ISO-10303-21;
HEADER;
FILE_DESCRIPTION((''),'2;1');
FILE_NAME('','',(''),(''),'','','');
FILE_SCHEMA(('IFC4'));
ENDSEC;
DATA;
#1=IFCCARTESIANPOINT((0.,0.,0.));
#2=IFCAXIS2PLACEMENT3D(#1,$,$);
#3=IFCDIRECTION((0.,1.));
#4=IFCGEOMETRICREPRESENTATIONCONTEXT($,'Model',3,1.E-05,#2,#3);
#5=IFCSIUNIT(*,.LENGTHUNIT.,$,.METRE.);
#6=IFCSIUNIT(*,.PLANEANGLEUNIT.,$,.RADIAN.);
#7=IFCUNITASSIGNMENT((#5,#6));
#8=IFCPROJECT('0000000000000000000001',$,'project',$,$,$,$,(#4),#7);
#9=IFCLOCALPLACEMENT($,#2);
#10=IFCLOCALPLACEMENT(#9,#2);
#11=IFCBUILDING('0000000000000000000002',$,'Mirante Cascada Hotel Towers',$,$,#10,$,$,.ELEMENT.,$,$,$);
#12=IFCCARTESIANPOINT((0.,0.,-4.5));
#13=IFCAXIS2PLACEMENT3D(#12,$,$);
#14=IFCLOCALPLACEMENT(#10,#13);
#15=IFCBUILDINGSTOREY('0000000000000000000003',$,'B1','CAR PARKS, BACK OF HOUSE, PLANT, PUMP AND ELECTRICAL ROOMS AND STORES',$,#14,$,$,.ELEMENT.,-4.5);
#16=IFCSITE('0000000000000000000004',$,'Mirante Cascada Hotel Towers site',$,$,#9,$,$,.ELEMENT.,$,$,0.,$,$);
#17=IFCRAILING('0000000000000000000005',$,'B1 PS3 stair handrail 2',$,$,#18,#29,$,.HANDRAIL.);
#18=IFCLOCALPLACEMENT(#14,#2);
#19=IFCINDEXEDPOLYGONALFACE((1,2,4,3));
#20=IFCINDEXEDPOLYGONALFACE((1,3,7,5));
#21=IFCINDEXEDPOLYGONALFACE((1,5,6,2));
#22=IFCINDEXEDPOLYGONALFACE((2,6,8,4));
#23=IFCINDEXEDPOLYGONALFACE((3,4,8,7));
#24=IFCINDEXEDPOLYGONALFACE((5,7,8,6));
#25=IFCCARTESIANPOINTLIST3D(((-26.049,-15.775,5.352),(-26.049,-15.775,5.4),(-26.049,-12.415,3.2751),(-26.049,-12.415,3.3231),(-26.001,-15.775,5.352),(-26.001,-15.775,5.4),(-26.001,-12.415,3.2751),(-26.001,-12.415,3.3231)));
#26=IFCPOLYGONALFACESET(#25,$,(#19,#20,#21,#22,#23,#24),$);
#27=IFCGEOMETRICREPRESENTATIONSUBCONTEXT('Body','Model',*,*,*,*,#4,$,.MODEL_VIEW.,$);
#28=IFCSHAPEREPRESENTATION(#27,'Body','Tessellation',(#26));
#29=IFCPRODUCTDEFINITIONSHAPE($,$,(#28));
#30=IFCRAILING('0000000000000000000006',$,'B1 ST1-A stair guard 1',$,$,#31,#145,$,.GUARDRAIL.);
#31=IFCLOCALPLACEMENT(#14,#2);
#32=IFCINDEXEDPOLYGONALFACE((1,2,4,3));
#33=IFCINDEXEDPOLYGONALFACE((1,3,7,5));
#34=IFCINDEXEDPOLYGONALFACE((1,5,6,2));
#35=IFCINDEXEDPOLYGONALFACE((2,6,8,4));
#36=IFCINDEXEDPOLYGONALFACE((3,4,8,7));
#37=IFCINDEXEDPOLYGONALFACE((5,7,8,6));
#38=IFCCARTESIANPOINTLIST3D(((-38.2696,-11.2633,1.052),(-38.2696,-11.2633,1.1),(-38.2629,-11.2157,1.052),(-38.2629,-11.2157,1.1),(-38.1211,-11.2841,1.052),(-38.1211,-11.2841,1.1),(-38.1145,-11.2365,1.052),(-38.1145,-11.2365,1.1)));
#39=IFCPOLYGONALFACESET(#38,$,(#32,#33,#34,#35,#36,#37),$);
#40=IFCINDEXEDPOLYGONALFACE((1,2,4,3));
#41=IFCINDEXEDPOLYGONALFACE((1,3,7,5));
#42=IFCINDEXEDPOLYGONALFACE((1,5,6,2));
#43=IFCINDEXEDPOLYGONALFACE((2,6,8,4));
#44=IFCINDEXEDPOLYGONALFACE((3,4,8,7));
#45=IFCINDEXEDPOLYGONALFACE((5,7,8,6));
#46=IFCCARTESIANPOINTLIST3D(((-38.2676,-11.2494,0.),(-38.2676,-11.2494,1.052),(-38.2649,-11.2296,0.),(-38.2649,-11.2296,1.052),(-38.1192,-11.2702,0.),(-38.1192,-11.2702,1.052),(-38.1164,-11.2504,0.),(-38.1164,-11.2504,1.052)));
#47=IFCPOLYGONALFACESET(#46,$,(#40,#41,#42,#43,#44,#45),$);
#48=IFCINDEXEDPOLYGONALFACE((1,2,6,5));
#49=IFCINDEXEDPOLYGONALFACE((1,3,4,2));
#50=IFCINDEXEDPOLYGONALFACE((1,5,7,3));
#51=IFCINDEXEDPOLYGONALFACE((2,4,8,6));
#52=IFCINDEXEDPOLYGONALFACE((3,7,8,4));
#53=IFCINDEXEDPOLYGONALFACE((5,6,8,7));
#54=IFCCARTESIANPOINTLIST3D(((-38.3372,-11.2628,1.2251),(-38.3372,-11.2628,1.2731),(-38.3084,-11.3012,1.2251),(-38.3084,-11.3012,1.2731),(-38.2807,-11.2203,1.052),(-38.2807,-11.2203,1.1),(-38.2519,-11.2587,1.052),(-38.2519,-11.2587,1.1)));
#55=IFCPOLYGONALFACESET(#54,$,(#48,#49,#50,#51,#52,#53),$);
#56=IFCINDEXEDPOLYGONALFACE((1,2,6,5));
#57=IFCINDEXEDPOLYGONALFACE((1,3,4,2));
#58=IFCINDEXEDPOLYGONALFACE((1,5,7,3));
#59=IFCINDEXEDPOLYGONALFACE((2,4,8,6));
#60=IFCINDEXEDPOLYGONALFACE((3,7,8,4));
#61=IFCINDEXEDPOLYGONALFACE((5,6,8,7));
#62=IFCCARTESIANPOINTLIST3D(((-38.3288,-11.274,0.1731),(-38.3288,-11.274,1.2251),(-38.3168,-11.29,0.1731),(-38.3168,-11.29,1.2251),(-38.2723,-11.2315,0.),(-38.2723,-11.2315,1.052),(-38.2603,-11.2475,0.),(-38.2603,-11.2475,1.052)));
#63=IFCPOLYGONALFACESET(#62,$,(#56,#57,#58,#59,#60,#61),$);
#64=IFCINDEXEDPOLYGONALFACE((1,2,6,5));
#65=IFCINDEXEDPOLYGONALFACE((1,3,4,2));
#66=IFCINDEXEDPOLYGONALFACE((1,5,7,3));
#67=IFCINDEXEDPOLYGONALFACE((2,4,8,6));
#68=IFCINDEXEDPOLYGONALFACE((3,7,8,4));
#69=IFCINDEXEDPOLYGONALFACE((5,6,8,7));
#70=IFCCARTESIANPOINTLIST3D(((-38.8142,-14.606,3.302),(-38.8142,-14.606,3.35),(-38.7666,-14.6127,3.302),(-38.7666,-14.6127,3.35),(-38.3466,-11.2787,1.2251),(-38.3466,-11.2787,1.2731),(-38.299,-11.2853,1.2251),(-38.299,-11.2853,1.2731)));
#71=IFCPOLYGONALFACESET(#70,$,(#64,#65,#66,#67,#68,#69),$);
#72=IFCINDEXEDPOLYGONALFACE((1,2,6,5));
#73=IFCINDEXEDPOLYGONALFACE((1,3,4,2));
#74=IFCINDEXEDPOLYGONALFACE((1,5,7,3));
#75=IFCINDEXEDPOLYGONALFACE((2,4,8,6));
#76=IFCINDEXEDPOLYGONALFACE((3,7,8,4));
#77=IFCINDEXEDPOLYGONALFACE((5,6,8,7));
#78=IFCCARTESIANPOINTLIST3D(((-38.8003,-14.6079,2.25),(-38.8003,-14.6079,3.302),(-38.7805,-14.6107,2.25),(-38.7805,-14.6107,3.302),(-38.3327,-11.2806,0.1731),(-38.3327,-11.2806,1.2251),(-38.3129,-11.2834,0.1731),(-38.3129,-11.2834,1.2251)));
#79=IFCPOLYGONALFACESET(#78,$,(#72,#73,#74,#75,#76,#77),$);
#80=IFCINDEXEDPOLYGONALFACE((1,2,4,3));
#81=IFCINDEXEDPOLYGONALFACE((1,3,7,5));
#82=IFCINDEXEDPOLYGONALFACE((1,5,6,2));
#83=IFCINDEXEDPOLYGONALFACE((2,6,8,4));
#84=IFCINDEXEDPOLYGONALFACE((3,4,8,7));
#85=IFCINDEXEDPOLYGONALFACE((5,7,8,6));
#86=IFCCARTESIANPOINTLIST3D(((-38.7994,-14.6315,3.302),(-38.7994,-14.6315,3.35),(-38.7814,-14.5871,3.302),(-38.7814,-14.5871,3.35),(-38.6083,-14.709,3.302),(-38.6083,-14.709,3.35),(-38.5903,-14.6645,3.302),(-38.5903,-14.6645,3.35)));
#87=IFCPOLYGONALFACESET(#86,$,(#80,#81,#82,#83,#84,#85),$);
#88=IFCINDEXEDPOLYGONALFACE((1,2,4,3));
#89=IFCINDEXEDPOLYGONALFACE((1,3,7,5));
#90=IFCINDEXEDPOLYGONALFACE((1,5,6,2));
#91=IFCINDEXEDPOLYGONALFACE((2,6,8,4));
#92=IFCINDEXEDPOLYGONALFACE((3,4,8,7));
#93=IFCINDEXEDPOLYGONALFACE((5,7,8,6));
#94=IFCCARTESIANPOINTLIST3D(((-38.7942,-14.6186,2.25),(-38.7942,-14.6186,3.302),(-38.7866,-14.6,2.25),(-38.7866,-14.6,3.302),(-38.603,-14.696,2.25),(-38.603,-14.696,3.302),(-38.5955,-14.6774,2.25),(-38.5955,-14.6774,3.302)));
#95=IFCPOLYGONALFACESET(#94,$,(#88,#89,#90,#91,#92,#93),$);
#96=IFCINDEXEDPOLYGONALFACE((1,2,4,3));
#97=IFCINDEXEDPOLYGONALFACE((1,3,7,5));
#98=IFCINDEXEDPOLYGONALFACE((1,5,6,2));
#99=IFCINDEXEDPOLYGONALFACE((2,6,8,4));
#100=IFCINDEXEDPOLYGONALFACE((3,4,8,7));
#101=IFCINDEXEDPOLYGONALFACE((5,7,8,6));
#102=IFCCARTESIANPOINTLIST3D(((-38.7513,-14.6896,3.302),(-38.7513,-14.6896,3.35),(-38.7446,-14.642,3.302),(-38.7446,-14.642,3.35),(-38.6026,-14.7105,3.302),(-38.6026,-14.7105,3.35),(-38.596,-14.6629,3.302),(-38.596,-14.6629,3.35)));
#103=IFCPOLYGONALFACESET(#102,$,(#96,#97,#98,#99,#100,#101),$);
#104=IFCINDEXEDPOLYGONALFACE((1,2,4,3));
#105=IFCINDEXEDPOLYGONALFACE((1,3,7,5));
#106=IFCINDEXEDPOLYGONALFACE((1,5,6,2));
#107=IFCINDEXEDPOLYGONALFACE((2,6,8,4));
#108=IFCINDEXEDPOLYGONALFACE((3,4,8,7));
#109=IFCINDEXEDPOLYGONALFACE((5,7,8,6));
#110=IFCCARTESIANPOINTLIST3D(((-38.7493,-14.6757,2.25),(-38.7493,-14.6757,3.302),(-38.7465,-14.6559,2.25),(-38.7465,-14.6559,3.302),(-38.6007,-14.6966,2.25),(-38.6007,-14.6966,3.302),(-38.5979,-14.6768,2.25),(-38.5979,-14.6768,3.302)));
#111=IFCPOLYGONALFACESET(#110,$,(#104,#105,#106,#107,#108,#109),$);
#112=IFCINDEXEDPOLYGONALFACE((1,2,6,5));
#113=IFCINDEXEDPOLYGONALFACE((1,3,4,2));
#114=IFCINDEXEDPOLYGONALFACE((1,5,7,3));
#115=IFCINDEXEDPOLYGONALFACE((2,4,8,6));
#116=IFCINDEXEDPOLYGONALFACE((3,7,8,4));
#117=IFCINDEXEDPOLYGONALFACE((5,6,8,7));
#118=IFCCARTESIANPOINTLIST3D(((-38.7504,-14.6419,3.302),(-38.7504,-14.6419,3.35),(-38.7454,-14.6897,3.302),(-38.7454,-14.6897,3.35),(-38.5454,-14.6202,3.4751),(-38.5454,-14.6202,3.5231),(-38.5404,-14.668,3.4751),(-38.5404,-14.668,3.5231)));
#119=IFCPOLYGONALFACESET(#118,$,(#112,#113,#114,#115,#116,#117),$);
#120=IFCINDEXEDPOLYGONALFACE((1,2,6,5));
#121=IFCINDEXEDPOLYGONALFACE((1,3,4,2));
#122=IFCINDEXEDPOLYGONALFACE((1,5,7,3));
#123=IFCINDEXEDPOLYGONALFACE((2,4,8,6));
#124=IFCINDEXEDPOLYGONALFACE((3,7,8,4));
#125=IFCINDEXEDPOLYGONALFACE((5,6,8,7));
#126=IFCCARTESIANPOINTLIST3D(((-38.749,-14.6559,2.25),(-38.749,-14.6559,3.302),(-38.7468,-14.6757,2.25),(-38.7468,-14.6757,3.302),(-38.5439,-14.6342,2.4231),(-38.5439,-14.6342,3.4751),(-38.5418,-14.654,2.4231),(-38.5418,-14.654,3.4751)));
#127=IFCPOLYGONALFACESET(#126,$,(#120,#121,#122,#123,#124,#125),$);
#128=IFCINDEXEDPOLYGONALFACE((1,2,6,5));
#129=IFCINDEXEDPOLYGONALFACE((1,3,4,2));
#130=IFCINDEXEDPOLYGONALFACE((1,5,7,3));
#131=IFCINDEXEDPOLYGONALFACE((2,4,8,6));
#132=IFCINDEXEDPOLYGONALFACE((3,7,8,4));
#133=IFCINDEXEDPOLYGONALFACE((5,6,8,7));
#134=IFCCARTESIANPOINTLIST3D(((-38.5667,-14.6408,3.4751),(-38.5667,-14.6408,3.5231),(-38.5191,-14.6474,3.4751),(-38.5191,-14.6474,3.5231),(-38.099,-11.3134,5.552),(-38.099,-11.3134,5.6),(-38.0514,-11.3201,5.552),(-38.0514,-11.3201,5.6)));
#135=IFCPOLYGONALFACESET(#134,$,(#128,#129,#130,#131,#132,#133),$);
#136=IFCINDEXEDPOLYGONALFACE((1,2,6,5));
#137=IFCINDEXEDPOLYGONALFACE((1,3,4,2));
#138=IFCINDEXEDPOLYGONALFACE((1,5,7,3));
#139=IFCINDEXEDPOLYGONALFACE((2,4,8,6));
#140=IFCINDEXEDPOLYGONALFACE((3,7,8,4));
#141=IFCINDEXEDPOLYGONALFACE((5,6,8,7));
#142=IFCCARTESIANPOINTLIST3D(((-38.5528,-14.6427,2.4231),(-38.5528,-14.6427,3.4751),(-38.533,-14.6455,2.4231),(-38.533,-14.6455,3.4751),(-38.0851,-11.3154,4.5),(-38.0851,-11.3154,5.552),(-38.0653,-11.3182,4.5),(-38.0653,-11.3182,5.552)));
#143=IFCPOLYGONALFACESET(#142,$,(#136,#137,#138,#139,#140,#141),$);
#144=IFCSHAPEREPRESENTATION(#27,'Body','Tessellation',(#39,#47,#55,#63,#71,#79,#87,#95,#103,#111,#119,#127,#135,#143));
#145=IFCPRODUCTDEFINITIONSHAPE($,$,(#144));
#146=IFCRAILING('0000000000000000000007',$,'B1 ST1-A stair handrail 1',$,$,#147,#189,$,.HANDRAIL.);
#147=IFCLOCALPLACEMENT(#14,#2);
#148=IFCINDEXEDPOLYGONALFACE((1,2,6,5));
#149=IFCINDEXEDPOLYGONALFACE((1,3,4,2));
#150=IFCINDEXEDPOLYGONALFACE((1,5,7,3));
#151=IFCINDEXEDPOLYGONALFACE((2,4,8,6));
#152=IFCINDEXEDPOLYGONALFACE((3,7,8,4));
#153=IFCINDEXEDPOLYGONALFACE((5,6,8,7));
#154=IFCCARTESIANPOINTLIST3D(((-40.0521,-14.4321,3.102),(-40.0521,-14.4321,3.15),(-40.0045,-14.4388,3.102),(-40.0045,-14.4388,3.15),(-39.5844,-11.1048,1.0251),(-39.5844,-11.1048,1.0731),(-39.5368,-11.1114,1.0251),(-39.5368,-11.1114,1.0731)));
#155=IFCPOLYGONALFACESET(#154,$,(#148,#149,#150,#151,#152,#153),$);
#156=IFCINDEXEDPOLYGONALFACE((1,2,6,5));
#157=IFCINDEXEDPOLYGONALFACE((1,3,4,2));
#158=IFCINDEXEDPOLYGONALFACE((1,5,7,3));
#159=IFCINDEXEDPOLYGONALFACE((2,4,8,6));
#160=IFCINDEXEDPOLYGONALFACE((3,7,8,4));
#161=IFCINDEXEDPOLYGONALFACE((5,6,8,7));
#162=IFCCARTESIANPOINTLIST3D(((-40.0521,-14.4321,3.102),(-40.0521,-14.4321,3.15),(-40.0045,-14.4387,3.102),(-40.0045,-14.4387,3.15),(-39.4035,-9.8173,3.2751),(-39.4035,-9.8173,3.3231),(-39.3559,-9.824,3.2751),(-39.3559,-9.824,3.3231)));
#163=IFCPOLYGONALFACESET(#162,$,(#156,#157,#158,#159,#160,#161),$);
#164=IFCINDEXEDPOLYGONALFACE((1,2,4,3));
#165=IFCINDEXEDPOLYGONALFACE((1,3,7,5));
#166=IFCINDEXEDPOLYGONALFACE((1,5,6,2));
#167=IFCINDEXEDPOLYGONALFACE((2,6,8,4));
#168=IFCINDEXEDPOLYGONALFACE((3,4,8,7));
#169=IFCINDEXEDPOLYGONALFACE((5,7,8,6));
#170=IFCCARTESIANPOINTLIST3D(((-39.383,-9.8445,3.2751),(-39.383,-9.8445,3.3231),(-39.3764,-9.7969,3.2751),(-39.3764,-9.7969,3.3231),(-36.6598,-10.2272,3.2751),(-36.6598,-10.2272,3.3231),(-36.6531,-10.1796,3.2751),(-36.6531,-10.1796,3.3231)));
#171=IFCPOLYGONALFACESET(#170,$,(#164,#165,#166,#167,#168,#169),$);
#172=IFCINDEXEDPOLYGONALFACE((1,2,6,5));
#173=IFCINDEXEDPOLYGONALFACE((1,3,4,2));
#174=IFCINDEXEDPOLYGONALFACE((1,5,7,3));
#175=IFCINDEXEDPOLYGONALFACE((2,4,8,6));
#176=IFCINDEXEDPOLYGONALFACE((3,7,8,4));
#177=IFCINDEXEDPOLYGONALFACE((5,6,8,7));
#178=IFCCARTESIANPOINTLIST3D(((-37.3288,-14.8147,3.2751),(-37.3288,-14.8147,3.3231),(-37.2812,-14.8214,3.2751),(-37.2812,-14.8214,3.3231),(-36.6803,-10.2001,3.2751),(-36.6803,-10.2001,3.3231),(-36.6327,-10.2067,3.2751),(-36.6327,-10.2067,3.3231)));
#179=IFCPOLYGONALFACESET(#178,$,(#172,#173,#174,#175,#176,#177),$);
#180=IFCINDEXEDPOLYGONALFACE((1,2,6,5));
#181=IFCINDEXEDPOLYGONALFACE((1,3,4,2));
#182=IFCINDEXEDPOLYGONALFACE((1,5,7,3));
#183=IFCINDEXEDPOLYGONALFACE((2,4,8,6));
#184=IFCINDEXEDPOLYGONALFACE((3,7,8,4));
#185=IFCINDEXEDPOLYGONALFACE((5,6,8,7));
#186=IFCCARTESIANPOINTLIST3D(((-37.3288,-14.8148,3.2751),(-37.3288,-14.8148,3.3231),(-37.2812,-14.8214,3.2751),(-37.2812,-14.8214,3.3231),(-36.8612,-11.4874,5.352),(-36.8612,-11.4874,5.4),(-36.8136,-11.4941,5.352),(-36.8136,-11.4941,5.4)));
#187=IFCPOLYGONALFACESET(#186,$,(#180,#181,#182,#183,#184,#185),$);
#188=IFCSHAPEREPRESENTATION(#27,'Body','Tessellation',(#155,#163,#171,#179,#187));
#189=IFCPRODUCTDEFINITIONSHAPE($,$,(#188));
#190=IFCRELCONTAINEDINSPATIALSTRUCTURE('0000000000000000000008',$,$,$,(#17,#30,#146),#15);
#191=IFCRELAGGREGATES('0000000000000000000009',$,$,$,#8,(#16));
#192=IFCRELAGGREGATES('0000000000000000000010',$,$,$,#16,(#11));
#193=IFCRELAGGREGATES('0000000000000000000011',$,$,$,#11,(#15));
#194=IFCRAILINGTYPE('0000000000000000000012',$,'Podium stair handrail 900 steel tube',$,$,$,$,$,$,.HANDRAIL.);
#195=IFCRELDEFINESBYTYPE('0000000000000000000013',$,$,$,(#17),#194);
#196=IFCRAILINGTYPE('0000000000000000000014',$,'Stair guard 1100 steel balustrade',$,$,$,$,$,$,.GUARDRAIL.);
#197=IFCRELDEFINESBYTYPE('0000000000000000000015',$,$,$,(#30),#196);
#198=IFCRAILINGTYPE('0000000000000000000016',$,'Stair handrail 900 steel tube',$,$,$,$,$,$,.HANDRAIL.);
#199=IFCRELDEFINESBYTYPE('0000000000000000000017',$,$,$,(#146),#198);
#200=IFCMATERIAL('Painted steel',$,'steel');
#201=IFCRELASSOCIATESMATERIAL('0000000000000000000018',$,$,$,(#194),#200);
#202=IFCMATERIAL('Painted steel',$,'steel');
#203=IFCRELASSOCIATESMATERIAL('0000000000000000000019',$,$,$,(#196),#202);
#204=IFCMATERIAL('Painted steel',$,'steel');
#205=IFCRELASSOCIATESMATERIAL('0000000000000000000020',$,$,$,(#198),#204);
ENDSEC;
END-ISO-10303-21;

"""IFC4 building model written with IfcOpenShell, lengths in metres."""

from ifc_helpers import new_model, si_unit, direction, frame, origin, origin_2d, place, context, subcontext, project, spatial, rectangle, extrude, material, type_object, element, save


model = new_model("IFC4")

# Units and contexts
model_context = context("Model", 3, precision=1e-05, world=origin(), true_north=direction((0.0, 1.0)))
body_context = subcontext(model_context, "Body", "Model", "MODEL_VIEW")
ifc_project = project(units=[si_unit("LENGTHUNIT", "METRE"), si_unit("PLANEANGLEUNIT", "RADIAN")], contexts=[model_context])

# Site, building, storey
site_placement = place(None, origin())
site = spatial("IfcSite", under=ifc_project, at=site_placement, Name="Mirante Cascada Hotel Towers site", CompositionType="ELEMENT", RefElevation=0.0)
building_placement = place(site_placement, origin())
building = spatial("IfcBuilding", under=site, at=building_placement, Name="Mirante Cascada Hotel Towers", CompositionType="ELEMENT")
storey_placement = place(building_placement, frame((0.0, 0.0, -4.5)))
storey = spatial("IfcBuildingStorey", under=building, at=storey_placement, Name="B1", Description="CAR PARKS, BACK OF HOUSE, PLANT, PUMP AND ELECTRICAL ROOMS AND STORES", CompositionType="ELEMENT", Elevation=-4.5)

# Railings
ifc_material_1 = material(Name="Painted steel", Category="steel")
railing_type_1 = type_object("IfcRailingType", Name="Podium stair handrail 900 steel tube", PredefinedType="HANDRAIL", material=ifc_material_1)
railing_1_placement = place(storey_placement, frame((-26.025, -12.415, 2.4231)))
element("IfcRailing", 1, at=railing_1_placement, inside=storey, type_object=railing_type_1, Name="B1 PS3 stair handrail 2", PredefinedType="HANDRAIL", context=body_context, shape_type="SweptSolid", body=[
    extrude(rectangle(XDim=0.048, YDim=0.048, at=origin_2d()), frame((0.0, 0.0, 0.876), z_axis=(0.0, -1.0, 0.0), x_axis=(1.0, 0.0, 0.0)), (0.0, 0.525787, 0.850616), 3.9501),
])
ifc_material_2 = material(Name="Painted steel", Category="steel")
railing_type_2 = type_object("IfcRailingType", Name="Stair guard 1100 steel balustrade", PredefinedType="GUARDRAIL", material=ifc_material_2)
railing_2_placement = place(storey_placement, frame((-38.1178, -11.2603, 0.0)))
element("IfcRailing", 2, at=railing_2_placement, inside=storey, type_object=railing_type_2, Name="B1 ST1-A stair guard 1", PredefinedType="GUARDRAIL", context=body_context, shape_type="SweptSolid", body=[
    extrude(rectangle(XDim=0.048, YDim=0.048, at=origin_2d()), frame((0.0, 0.0, 1.076), z_axis=(-0.990333, 0.138713, 0.0), x_axis=(-0.138713, -0.990333, 0.0)), (0.0, 0.0, 1.0), 0.1499),
    extrude(rectangle(XDim=0.02, YDim=1.052, at=origin_2d()), frame((0.0, 0.0, 0.526), z_axis=(-0.990333, 0.138713, 0.0), x_axis=(-0.138713, -0.990333, 0.0)), (0.0, 0.0, 1.0), 0.1499),
    extrude(rectangle(XDim=0.048, YDim=0.048, at=origin_2d()), frame((-0.1485, 0.0208, 1.076), z_axis=(-0.79915, -0.601131, 0.0), x_axis=(0.601131, -0.79915, 0.0)), (0.0, 0.92576, 0.378113), 0.187),
    extrude(rectangle(XDim=0.02, YDim=1.052, at=origin_2d()), frame((-0.1485, 0.0208, 0.526), z_axis=(-0.79915, -0.601131, 0.0), x_axis=(0.601131, -0.79915, 0.0)), (0.0, 0.92576, 0.378113), 0.187),
    extrude(rectangle(XDim=0.048, YDim=0.048, at=origin_2d()), frame((-0.205, -0.0217, 1.2491), z_axis=(-0.139167, -0.990269, 0.0), x_axis=(0.990269, -0.139167, 0.0)), (0.0, 0.525787, 0.850616), 3.9501),
    extrude(rectangle(XDim=0.02, YDim=1.052, at=origin_2d()), frame((-0.205, -0.0217, 0.6991), z_axis=(-0.139167, -0.990269, 0.0), x_axis=(0.990269, -0.139167, 0.0)), (0.0, 0.525787, 0.850616), 3.9501),
    extrude(rectangle(XDim=0.048, YDim=0.048, at=origin_2d()), frame((-0.6726, -3.349, 3.326), z_axis=(0.926862, -0.375401, 0.0), x_axis=(0.375401, 0.926862, 0.0)), (0.0, 0.0, 1.0), 0.2062),
    extrude(rectangle(XDim=0.02, YDim=1.052, at=origin_2d()), frame((-0.6726, -3.349, 2.776), z_axis=(0.926862, -0.375401, 0.0), x_axis=(0.375401, 0.926862, 0.0)), (0.0, 0.0, 1.0), 0.2062),
    extrude(rectangle(XDim=0.048, YDim=0.048, at=origin_2d()), frame((-0.4815, -3.4264, 3.326), z_axis=(-0.990254, 0.139275, 0.0), x_axis=(-0.139275, -0.990254, 0.0)), (0.0, 0.0, 1.0), 0.1501),
    extrude(rectangle(XDim=0.02, YDim=1.052, at=origin_2d()), frame((-0.4815, -3.4264, 2.776), z_axis=(-0.990254, 0.139275, 0.0), x_axis=(-0.139275, -0.990254, 0.0)), (0.0, 0.0, 1.0), 0.1501),
    extrude(rectangle(XDim=0.048, YDim=0.048, at=origin_2d()), frame((-0.6301, -3.4055, 3.326), z_axis=(0.994444, 0.105266, 0.0), x_axis=(-0.105266, 0.994444, 0.0)), (0.0, 0.643057, 0.765818), 0.2692),
    extrude(rectangle(XDim=0.02, YDim=1.052, at=origin_2d()), frame((-0.6301, -3.4055, 2.776), z_axis=(0.994444, 0.105266, 0.0), x_axis=(-0.105266, 0.994444, 0.0)), (0.0, 0.643057, 0.765818), 0.2692),
    extrude(rectangle(XDim=0.048, YDim=0.048, at=origin_2d()), frame((-0.4251, -3.3838, 3.4991), z_axis=(0.139196, 0.990265, 0.0), x_axis=(-0.990265, 0.139196, 0.0)), (0.0, 0.525786, 0.850617), 3.9501),
    extrude(rectangle(XDim=0.02, YDim=1.052, at=origin_2d()), frame((-0.4251, -3.3838, 2.9491), z_axis=(0.139196, 0.990265, 0.0), x_axis=(-0.990265, 0.139196, 0.0)), (0.0, 0.525786, 0.850617), 3.9501),
])
ifc_material_3 = material(Name="Painted steel", Category="steel")
railing_type_3 = type_object("IfcRailingType", Name="Stair handrail 900 steel tube", PredefinedType="HANDRAIL", material=ifc_material_3)
railing_3_placement = place(storey_placement, frame((-39.5606, -11.1081, 0.1731)))
element("IfcRailing", 3, at=railing_3_placement, inside=storey, type_object=railing_type_3, Name="B1 ST1-A stair handrail 1", PredefinedType="HANDRAIL", context=body_context, shape_type="SweptSolid", body=[
    extrude(rectangle(XDim=0.048, YDim=0.048, at=origin_2d()), frame((0.0, 0.0, 0.876), z_axis=(-0.139196, -0.990265, 0.0), x_axis=(0.990265, -0.139196, 0.0)), (0.0, 0.525786, 0.850617), 3.9501),
    extrude(rectangle(XDim=0.048, YDim=0.048, at=origin_2d()), frame((-0.4677, -3.3273, 2.9529), z_axis=(0.139183, 0.990267, 0.0), x_axis=(-0.990267, 0.139183, 0.0)), (0.0, 0.03712, 0.999311), 4.6633),
    extrude(rectangle(XDim=0.048, YDim=0.048, at=origin_2d()), frame((0.1809, 1.2874, 3.126), z_axis=(0.990269, -0.139166, 0.0), x_axis=(0.139166, 0.990269, 0.0)), (0.0, 0.0, 1.0), 2.75),
    extrude(rectangle(XDim=0.048, YDim=0.048, at=origin_2d()), frame((2.9041, 0.9047, 3.126), z_axis=(-0.139162, -0.99027, 0.0), x_axis=(0.99027, -0.139162, 0.0)), (0.0, 0.0, 1.0), 4.66),
    extrude(rectangle(XDim=0.048, YDim=0.048, at=origin_2d()), frame((2.2556, -3.71, 3.126), z_axis=(0.139167, 0.990269, 0.0), x_axis=(-0.990269, 0.139167, 0.0)), (0.0, 0.525787, 0.850616), 3.9501),
])

save(model, "model.ifc")
